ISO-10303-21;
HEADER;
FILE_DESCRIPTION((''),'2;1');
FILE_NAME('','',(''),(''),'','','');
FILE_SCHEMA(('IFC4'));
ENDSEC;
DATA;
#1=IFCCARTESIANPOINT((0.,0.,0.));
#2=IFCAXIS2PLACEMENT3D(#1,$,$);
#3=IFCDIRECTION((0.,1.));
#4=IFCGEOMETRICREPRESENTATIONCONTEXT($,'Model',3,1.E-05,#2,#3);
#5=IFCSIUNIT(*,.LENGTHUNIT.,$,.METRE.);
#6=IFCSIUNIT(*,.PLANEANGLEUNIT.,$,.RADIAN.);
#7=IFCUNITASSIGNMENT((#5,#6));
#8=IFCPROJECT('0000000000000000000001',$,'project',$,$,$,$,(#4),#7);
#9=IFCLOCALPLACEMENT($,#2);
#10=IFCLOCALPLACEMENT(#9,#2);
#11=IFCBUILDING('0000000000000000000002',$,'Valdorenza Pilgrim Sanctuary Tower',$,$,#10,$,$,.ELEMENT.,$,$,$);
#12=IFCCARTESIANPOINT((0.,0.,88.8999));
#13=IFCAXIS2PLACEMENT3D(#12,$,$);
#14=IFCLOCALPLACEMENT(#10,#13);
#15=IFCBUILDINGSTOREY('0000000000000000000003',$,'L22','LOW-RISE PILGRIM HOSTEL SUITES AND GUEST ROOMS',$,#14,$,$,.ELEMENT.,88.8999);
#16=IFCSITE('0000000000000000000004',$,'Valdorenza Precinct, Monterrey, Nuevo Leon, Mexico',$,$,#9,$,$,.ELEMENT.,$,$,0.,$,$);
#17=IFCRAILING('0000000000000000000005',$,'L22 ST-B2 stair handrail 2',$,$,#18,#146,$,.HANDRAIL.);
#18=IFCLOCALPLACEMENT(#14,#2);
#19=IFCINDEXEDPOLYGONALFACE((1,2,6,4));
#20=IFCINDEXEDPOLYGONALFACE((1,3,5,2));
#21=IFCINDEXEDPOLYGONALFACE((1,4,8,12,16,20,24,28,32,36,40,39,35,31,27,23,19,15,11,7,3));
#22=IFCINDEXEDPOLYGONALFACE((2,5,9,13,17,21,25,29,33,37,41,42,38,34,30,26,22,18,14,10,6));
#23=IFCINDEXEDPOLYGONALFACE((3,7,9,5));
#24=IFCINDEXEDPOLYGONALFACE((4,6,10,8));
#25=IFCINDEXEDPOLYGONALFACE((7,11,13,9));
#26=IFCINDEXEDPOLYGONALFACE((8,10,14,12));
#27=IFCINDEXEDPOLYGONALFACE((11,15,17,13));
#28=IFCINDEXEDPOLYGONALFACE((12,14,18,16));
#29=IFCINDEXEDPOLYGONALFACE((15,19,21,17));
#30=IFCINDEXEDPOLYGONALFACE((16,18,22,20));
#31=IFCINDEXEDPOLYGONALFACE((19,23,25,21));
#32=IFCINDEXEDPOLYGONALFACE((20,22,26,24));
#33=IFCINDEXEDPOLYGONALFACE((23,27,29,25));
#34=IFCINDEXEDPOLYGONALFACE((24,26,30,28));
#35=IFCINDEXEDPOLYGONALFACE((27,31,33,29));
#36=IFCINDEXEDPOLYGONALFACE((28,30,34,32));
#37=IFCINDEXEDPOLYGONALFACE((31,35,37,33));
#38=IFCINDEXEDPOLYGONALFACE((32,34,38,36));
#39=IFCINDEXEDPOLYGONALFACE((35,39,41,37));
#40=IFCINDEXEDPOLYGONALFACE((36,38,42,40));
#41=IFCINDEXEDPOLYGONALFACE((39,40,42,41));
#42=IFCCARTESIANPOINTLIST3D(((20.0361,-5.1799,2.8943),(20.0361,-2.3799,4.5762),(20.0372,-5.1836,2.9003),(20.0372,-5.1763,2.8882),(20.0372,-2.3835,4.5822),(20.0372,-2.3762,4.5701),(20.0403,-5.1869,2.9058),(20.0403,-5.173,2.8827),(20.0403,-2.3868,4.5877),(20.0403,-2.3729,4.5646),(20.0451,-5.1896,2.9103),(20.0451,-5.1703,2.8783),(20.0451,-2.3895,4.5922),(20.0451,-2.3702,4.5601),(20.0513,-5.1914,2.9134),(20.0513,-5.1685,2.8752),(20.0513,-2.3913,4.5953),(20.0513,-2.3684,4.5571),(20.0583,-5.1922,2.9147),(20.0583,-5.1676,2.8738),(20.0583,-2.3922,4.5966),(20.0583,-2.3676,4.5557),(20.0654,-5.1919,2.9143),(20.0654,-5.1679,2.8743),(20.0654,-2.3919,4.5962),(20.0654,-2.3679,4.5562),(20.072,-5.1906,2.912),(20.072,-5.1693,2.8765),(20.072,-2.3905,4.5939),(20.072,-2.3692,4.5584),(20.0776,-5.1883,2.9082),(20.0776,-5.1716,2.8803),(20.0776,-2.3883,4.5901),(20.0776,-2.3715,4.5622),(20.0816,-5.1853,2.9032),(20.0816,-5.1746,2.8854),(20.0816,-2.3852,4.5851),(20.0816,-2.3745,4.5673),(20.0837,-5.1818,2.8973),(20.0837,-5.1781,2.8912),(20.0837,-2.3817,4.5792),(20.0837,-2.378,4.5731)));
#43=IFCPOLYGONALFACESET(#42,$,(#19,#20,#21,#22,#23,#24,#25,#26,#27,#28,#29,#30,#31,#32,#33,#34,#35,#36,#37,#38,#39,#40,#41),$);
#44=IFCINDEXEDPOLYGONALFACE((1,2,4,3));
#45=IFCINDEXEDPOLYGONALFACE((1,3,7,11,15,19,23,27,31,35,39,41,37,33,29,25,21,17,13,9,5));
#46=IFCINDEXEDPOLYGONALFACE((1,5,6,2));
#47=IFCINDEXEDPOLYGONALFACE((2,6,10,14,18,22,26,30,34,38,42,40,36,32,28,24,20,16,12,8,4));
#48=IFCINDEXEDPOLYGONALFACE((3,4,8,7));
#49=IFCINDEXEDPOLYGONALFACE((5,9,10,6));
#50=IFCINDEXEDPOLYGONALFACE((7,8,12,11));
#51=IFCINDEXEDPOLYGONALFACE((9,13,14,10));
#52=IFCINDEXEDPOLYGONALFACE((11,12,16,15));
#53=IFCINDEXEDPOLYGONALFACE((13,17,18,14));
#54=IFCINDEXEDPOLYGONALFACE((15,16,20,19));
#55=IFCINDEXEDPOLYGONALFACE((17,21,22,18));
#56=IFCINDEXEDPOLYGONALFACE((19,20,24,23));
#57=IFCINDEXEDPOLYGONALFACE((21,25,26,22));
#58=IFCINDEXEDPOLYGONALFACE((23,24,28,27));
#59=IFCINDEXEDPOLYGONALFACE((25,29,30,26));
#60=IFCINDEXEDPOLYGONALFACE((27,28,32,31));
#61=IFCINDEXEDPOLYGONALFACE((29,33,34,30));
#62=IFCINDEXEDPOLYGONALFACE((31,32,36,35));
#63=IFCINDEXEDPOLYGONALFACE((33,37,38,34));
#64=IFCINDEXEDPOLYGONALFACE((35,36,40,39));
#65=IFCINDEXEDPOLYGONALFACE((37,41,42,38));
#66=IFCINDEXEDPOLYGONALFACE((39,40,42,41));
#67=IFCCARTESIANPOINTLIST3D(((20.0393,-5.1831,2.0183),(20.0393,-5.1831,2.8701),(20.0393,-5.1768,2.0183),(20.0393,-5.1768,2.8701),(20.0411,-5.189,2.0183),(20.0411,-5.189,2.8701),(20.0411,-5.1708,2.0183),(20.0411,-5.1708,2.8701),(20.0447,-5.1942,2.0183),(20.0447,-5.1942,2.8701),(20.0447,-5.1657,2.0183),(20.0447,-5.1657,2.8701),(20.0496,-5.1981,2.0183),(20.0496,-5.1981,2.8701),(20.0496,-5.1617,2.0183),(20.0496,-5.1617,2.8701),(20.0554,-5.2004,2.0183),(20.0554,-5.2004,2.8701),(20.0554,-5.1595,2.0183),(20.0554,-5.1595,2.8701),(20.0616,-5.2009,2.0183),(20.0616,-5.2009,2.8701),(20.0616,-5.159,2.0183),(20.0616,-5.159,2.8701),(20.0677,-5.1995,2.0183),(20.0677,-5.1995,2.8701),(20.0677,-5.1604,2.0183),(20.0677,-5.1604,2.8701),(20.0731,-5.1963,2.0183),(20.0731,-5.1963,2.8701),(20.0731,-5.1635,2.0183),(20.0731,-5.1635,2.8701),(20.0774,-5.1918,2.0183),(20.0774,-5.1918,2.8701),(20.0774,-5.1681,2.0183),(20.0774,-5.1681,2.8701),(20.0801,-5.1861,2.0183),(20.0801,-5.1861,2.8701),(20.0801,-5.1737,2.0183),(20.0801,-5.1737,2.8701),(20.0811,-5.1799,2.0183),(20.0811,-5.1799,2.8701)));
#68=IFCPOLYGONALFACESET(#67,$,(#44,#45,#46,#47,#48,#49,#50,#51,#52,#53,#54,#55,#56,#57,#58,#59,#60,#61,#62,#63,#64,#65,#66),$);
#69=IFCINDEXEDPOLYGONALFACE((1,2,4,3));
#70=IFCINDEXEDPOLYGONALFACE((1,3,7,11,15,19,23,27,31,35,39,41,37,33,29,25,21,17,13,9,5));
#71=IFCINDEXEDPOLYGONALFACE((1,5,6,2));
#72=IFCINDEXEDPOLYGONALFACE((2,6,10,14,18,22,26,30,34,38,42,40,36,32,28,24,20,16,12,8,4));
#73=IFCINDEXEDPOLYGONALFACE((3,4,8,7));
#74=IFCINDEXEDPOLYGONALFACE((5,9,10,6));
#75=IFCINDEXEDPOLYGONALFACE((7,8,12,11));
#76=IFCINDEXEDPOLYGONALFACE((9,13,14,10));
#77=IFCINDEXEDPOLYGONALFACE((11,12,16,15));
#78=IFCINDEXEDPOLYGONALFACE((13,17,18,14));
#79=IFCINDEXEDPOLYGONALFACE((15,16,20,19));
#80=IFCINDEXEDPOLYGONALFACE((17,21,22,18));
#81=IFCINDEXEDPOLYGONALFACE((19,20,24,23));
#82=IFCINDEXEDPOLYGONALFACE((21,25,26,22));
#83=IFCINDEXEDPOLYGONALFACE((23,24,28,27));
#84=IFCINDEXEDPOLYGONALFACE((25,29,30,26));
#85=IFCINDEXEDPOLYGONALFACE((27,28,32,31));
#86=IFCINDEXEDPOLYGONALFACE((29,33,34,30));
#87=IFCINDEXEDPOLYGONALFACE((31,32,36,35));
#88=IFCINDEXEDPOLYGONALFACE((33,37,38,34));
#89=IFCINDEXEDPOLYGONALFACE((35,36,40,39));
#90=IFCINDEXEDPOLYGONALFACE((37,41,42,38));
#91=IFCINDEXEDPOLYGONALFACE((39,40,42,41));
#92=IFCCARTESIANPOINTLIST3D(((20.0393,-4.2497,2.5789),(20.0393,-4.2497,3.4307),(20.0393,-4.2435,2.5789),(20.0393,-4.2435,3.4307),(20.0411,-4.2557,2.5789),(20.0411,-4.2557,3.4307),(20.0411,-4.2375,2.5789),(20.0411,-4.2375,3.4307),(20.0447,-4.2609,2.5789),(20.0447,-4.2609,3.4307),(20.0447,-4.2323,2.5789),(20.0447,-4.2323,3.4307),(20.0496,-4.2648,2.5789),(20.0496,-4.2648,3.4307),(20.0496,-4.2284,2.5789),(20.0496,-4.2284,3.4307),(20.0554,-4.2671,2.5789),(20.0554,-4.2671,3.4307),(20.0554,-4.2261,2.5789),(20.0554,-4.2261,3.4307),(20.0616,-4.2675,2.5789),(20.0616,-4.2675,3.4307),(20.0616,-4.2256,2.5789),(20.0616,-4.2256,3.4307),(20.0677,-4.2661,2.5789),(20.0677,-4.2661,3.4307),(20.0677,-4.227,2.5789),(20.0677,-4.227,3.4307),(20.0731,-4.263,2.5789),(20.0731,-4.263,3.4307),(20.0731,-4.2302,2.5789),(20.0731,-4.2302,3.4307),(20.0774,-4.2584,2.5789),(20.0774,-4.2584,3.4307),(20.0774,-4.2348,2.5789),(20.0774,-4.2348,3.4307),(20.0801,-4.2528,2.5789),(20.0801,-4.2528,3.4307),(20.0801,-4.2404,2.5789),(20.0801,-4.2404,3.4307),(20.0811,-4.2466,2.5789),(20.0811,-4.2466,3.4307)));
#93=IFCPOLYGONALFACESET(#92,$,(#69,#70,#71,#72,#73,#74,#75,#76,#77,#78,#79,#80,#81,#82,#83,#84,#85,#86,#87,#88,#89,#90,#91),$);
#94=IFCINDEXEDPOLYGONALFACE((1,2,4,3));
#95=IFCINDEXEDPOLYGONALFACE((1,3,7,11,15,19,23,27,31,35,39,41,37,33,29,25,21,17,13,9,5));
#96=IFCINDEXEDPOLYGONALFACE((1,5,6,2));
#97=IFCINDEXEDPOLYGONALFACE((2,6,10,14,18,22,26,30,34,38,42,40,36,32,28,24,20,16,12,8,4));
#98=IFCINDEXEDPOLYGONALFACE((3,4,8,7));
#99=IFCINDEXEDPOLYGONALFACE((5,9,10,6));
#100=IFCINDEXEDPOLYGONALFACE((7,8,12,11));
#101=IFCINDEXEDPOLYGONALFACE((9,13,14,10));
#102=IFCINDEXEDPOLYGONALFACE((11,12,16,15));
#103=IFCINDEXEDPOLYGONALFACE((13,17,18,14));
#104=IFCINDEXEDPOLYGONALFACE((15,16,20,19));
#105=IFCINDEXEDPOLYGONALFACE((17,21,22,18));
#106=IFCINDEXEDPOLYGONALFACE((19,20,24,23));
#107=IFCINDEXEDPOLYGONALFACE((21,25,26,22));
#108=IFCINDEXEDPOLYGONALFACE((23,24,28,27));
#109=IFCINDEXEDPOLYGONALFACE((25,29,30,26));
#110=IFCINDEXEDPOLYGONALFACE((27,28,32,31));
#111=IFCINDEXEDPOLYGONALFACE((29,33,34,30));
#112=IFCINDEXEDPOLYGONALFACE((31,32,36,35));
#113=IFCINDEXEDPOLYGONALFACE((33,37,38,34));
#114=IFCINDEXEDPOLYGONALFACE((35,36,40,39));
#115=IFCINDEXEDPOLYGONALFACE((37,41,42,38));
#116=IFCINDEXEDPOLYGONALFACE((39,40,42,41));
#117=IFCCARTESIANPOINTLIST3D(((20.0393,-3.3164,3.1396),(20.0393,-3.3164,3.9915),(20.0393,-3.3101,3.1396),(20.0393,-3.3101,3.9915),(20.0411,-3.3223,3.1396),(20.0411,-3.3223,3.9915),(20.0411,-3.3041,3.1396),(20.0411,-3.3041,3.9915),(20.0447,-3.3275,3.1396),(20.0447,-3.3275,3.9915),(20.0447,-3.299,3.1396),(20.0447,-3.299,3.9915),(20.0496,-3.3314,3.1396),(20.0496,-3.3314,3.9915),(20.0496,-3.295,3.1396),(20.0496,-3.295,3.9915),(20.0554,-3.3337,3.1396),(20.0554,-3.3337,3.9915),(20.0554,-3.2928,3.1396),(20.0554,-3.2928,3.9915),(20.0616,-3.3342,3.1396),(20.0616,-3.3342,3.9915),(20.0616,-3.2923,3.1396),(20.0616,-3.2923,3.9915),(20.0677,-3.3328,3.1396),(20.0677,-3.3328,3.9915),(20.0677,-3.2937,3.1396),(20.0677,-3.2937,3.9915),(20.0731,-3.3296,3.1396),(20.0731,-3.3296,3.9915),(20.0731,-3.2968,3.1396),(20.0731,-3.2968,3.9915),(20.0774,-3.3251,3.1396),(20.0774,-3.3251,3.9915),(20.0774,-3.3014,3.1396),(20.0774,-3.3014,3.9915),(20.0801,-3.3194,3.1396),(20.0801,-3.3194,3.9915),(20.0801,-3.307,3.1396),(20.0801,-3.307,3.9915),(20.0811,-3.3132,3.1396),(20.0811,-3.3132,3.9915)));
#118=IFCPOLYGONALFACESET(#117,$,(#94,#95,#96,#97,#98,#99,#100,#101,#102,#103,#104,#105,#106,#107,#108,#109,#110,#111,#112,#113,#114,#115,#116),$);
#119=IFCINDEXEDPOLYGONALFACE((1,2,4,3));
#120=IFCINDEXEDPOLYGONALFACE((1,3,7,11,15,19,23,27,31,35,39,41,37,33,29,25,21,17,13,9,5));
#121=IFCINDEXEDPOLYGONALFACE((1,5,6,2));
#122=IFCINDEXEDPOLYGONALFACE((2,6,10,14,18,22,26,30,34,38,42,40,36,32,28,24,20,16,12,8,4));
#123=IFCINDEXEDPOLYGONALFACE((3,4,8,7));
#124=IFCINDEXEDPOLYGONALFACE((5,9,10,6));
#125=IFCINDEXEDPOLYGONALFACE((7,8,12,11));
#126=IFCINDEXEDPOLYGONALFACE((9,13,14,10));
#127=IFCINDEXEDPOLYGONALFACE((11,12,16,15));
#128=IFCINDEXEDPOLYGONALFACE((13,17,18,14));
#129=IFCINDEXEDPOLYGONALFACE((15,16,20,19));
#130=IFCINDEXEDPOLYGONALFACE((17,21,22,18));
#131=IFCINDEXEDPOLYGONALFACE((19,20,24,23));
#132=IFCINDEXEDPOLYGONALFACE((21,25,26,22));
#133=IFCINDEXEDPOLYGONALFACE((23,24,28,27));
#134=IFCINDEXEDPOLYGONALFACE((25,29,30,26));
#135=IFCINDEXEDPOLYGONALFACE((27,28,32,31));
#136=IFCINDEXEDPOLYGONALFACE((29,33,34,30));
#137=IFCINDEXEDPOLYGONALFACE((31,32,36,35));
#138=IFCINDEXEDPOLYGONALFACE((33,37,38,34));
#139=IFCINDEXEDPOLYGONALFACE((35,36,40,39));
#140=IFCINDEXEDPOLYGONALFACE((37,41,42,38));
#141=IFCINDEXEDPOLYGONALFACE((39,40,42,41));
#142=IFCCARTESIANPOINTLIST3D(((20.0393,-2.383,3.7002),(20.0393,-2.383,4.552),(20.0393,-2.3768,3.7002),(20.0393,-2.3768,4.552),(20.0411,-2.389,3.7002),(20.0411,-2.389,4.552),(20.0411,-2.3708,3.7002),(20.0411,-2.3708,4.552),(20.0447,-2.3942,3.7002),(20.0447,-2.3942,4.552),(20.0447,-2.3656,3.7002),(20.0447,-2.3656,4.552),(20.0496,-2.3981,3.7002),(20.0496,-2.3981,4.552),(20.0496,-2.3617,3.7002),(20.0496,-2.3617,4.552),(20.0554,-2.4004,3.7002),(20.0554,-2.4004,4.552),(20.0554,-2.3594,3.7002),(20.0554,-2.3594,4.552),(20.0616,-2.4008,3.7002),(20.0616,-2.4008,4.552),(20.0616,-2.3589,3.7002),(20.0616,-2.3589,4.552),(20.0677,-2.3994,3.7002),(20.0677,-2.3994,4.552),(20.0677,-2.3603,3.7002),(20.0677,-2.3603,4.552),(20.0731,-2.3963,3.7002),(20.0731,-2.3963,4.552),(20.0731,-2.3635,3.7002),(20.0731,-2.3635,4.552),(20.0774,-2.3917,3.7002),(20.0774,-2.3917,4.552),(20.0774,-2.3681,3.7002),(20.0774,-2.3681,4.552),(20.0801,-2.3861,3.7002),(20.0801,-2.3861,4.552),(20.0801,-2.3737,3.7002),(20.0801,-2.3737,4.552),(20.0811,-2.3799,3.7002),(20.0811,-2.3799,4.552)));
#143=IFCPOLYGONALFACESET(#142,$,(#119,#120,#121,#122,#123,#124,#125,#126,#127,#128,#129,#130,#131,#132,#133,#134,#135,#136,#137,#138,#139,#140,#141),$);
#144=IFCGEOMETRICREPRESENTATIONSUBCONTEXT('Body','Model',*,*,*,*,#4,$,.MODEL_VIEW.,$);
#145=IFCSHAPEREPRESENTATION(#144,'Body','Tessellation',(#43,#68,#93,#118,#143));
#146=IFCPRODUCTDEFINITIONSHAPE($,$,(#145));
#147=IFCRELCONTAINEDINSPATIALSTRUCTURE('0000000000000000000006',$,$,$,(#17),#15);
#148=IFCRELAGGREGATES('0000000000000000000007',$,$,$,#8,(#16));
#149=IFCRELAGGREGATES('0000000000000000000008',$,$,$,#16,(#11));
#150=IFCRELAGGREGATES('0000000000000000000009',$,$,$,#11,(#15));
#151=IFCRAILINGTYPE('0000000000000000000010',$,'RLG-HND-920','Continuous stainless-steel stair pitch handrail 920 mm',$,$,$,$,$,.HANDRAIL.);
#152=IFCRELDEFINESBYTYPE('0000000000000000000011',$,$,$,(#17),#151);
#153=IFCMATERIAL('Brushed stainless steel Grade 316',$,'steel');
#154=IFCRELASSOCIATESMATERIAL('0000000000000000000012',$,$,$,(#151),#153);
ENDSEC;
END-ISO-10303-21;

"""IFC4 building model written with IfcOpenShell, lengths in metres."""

from ifc_helpers import new_model, si_unit, direction, frame, origin, origin_2d, place, context, subcontext, project, spatial, circle, extrude, material, type_object, element, save


model = new_model("IFC4")

# Units and contexts
model_context = context("Model", 3, precision=1e-05, world=origin(), true_north=direction((0.0, 1.0)))
body_context = subcontext(model_context, "Body", "Model", "MODEL_VIEW")
ifc_project = project(units=[si_unit("LENGTHUNIT", "METRE"), si_unit("PLANEANGLEUNIT", "RADIAN")], contexts=[model_context])

# Site, building, storey
site_placement = place(None, origin())
site = spatial("IfcSite", under=ifc_project, at=site_placement, Name="Valdorenza Precinct, Monterrey, Nuevo Leon, Mexico", CompositionType="ELEMENT", RefElevation=0.0)
building_placement = place(site_placement, origin())
building = spatial("IfcBuilding", under=site, at=building_placement, Name="Valdorenza Pilgrim Sanctuary Tower", CompositionType="ELEMENT")
storey_placement = place(building_placement, frame((0.0, 0.0, 88.8999)))
storey = spatial("IfcBuildingStorey", under=building, at=storey_placement, Name="L22", Description="LOW-RISE PILGRIM HOSTEL SUITES AND GUEST ROOMS", CompositionType="ELEMENT", Elevation=88.8999)

# Shared definitions
ifc_material_1 = material(Name="Brushed stainless steel Grade 316", Category="steel")

# Railing
railing_type_1 = type_object("IfcRailingType", Name="RLG-HND-920", Description="Continuous stainless-steel stair pitch handrail 920 mm", PredefinedType="HANDRAIL", material=ifc_material_1)
railing_1_placement = place(storey_placement, frame((20.0601, -5.1799, 2.0183)))
element("IfcRailing", 1, at=railing_1_placement, inside=storey, type_object=railing_type_1, Name="L22 ST-B2 stair handrail 2", PredefinedType="HANDRAIL", context=body_context, shape_type="SweptSolid", body=[
    extrude(circle(Radius=0.0239, at=origin_2d()), frame((0.0, 0.0, 0.876), z_axis=(0.0, 0.857242, 0.514913), x_axis=(-1.0, 0.0, 0.0)), (0.0, 0.0, 1.0), 3.2664),
    extrude(circle(Radius=0.021, at=origin_2d()), origin(), (0.0, 0.0, 1.0), 0.8518),
    extrude(circle(Radius=0.021, at=origin_2d()), frame((0.0, 0.9333, 0.5605)), (0.0, 0.0, 1.0), 0.8518),
    extrude(circle(Radius=0.021, at=origin_2d()), frame((0.0, 1.8667, 1.1213)), (0.0, 0.0, 1.0), 0.8518),
    extrude(circle(Radius=0.021, at=origin_2d()), frame((0.0, 2.8, 1.6819)), (0.0, 0.0, 1.0), 0.8518),
])

save(model, "model.ifc")
